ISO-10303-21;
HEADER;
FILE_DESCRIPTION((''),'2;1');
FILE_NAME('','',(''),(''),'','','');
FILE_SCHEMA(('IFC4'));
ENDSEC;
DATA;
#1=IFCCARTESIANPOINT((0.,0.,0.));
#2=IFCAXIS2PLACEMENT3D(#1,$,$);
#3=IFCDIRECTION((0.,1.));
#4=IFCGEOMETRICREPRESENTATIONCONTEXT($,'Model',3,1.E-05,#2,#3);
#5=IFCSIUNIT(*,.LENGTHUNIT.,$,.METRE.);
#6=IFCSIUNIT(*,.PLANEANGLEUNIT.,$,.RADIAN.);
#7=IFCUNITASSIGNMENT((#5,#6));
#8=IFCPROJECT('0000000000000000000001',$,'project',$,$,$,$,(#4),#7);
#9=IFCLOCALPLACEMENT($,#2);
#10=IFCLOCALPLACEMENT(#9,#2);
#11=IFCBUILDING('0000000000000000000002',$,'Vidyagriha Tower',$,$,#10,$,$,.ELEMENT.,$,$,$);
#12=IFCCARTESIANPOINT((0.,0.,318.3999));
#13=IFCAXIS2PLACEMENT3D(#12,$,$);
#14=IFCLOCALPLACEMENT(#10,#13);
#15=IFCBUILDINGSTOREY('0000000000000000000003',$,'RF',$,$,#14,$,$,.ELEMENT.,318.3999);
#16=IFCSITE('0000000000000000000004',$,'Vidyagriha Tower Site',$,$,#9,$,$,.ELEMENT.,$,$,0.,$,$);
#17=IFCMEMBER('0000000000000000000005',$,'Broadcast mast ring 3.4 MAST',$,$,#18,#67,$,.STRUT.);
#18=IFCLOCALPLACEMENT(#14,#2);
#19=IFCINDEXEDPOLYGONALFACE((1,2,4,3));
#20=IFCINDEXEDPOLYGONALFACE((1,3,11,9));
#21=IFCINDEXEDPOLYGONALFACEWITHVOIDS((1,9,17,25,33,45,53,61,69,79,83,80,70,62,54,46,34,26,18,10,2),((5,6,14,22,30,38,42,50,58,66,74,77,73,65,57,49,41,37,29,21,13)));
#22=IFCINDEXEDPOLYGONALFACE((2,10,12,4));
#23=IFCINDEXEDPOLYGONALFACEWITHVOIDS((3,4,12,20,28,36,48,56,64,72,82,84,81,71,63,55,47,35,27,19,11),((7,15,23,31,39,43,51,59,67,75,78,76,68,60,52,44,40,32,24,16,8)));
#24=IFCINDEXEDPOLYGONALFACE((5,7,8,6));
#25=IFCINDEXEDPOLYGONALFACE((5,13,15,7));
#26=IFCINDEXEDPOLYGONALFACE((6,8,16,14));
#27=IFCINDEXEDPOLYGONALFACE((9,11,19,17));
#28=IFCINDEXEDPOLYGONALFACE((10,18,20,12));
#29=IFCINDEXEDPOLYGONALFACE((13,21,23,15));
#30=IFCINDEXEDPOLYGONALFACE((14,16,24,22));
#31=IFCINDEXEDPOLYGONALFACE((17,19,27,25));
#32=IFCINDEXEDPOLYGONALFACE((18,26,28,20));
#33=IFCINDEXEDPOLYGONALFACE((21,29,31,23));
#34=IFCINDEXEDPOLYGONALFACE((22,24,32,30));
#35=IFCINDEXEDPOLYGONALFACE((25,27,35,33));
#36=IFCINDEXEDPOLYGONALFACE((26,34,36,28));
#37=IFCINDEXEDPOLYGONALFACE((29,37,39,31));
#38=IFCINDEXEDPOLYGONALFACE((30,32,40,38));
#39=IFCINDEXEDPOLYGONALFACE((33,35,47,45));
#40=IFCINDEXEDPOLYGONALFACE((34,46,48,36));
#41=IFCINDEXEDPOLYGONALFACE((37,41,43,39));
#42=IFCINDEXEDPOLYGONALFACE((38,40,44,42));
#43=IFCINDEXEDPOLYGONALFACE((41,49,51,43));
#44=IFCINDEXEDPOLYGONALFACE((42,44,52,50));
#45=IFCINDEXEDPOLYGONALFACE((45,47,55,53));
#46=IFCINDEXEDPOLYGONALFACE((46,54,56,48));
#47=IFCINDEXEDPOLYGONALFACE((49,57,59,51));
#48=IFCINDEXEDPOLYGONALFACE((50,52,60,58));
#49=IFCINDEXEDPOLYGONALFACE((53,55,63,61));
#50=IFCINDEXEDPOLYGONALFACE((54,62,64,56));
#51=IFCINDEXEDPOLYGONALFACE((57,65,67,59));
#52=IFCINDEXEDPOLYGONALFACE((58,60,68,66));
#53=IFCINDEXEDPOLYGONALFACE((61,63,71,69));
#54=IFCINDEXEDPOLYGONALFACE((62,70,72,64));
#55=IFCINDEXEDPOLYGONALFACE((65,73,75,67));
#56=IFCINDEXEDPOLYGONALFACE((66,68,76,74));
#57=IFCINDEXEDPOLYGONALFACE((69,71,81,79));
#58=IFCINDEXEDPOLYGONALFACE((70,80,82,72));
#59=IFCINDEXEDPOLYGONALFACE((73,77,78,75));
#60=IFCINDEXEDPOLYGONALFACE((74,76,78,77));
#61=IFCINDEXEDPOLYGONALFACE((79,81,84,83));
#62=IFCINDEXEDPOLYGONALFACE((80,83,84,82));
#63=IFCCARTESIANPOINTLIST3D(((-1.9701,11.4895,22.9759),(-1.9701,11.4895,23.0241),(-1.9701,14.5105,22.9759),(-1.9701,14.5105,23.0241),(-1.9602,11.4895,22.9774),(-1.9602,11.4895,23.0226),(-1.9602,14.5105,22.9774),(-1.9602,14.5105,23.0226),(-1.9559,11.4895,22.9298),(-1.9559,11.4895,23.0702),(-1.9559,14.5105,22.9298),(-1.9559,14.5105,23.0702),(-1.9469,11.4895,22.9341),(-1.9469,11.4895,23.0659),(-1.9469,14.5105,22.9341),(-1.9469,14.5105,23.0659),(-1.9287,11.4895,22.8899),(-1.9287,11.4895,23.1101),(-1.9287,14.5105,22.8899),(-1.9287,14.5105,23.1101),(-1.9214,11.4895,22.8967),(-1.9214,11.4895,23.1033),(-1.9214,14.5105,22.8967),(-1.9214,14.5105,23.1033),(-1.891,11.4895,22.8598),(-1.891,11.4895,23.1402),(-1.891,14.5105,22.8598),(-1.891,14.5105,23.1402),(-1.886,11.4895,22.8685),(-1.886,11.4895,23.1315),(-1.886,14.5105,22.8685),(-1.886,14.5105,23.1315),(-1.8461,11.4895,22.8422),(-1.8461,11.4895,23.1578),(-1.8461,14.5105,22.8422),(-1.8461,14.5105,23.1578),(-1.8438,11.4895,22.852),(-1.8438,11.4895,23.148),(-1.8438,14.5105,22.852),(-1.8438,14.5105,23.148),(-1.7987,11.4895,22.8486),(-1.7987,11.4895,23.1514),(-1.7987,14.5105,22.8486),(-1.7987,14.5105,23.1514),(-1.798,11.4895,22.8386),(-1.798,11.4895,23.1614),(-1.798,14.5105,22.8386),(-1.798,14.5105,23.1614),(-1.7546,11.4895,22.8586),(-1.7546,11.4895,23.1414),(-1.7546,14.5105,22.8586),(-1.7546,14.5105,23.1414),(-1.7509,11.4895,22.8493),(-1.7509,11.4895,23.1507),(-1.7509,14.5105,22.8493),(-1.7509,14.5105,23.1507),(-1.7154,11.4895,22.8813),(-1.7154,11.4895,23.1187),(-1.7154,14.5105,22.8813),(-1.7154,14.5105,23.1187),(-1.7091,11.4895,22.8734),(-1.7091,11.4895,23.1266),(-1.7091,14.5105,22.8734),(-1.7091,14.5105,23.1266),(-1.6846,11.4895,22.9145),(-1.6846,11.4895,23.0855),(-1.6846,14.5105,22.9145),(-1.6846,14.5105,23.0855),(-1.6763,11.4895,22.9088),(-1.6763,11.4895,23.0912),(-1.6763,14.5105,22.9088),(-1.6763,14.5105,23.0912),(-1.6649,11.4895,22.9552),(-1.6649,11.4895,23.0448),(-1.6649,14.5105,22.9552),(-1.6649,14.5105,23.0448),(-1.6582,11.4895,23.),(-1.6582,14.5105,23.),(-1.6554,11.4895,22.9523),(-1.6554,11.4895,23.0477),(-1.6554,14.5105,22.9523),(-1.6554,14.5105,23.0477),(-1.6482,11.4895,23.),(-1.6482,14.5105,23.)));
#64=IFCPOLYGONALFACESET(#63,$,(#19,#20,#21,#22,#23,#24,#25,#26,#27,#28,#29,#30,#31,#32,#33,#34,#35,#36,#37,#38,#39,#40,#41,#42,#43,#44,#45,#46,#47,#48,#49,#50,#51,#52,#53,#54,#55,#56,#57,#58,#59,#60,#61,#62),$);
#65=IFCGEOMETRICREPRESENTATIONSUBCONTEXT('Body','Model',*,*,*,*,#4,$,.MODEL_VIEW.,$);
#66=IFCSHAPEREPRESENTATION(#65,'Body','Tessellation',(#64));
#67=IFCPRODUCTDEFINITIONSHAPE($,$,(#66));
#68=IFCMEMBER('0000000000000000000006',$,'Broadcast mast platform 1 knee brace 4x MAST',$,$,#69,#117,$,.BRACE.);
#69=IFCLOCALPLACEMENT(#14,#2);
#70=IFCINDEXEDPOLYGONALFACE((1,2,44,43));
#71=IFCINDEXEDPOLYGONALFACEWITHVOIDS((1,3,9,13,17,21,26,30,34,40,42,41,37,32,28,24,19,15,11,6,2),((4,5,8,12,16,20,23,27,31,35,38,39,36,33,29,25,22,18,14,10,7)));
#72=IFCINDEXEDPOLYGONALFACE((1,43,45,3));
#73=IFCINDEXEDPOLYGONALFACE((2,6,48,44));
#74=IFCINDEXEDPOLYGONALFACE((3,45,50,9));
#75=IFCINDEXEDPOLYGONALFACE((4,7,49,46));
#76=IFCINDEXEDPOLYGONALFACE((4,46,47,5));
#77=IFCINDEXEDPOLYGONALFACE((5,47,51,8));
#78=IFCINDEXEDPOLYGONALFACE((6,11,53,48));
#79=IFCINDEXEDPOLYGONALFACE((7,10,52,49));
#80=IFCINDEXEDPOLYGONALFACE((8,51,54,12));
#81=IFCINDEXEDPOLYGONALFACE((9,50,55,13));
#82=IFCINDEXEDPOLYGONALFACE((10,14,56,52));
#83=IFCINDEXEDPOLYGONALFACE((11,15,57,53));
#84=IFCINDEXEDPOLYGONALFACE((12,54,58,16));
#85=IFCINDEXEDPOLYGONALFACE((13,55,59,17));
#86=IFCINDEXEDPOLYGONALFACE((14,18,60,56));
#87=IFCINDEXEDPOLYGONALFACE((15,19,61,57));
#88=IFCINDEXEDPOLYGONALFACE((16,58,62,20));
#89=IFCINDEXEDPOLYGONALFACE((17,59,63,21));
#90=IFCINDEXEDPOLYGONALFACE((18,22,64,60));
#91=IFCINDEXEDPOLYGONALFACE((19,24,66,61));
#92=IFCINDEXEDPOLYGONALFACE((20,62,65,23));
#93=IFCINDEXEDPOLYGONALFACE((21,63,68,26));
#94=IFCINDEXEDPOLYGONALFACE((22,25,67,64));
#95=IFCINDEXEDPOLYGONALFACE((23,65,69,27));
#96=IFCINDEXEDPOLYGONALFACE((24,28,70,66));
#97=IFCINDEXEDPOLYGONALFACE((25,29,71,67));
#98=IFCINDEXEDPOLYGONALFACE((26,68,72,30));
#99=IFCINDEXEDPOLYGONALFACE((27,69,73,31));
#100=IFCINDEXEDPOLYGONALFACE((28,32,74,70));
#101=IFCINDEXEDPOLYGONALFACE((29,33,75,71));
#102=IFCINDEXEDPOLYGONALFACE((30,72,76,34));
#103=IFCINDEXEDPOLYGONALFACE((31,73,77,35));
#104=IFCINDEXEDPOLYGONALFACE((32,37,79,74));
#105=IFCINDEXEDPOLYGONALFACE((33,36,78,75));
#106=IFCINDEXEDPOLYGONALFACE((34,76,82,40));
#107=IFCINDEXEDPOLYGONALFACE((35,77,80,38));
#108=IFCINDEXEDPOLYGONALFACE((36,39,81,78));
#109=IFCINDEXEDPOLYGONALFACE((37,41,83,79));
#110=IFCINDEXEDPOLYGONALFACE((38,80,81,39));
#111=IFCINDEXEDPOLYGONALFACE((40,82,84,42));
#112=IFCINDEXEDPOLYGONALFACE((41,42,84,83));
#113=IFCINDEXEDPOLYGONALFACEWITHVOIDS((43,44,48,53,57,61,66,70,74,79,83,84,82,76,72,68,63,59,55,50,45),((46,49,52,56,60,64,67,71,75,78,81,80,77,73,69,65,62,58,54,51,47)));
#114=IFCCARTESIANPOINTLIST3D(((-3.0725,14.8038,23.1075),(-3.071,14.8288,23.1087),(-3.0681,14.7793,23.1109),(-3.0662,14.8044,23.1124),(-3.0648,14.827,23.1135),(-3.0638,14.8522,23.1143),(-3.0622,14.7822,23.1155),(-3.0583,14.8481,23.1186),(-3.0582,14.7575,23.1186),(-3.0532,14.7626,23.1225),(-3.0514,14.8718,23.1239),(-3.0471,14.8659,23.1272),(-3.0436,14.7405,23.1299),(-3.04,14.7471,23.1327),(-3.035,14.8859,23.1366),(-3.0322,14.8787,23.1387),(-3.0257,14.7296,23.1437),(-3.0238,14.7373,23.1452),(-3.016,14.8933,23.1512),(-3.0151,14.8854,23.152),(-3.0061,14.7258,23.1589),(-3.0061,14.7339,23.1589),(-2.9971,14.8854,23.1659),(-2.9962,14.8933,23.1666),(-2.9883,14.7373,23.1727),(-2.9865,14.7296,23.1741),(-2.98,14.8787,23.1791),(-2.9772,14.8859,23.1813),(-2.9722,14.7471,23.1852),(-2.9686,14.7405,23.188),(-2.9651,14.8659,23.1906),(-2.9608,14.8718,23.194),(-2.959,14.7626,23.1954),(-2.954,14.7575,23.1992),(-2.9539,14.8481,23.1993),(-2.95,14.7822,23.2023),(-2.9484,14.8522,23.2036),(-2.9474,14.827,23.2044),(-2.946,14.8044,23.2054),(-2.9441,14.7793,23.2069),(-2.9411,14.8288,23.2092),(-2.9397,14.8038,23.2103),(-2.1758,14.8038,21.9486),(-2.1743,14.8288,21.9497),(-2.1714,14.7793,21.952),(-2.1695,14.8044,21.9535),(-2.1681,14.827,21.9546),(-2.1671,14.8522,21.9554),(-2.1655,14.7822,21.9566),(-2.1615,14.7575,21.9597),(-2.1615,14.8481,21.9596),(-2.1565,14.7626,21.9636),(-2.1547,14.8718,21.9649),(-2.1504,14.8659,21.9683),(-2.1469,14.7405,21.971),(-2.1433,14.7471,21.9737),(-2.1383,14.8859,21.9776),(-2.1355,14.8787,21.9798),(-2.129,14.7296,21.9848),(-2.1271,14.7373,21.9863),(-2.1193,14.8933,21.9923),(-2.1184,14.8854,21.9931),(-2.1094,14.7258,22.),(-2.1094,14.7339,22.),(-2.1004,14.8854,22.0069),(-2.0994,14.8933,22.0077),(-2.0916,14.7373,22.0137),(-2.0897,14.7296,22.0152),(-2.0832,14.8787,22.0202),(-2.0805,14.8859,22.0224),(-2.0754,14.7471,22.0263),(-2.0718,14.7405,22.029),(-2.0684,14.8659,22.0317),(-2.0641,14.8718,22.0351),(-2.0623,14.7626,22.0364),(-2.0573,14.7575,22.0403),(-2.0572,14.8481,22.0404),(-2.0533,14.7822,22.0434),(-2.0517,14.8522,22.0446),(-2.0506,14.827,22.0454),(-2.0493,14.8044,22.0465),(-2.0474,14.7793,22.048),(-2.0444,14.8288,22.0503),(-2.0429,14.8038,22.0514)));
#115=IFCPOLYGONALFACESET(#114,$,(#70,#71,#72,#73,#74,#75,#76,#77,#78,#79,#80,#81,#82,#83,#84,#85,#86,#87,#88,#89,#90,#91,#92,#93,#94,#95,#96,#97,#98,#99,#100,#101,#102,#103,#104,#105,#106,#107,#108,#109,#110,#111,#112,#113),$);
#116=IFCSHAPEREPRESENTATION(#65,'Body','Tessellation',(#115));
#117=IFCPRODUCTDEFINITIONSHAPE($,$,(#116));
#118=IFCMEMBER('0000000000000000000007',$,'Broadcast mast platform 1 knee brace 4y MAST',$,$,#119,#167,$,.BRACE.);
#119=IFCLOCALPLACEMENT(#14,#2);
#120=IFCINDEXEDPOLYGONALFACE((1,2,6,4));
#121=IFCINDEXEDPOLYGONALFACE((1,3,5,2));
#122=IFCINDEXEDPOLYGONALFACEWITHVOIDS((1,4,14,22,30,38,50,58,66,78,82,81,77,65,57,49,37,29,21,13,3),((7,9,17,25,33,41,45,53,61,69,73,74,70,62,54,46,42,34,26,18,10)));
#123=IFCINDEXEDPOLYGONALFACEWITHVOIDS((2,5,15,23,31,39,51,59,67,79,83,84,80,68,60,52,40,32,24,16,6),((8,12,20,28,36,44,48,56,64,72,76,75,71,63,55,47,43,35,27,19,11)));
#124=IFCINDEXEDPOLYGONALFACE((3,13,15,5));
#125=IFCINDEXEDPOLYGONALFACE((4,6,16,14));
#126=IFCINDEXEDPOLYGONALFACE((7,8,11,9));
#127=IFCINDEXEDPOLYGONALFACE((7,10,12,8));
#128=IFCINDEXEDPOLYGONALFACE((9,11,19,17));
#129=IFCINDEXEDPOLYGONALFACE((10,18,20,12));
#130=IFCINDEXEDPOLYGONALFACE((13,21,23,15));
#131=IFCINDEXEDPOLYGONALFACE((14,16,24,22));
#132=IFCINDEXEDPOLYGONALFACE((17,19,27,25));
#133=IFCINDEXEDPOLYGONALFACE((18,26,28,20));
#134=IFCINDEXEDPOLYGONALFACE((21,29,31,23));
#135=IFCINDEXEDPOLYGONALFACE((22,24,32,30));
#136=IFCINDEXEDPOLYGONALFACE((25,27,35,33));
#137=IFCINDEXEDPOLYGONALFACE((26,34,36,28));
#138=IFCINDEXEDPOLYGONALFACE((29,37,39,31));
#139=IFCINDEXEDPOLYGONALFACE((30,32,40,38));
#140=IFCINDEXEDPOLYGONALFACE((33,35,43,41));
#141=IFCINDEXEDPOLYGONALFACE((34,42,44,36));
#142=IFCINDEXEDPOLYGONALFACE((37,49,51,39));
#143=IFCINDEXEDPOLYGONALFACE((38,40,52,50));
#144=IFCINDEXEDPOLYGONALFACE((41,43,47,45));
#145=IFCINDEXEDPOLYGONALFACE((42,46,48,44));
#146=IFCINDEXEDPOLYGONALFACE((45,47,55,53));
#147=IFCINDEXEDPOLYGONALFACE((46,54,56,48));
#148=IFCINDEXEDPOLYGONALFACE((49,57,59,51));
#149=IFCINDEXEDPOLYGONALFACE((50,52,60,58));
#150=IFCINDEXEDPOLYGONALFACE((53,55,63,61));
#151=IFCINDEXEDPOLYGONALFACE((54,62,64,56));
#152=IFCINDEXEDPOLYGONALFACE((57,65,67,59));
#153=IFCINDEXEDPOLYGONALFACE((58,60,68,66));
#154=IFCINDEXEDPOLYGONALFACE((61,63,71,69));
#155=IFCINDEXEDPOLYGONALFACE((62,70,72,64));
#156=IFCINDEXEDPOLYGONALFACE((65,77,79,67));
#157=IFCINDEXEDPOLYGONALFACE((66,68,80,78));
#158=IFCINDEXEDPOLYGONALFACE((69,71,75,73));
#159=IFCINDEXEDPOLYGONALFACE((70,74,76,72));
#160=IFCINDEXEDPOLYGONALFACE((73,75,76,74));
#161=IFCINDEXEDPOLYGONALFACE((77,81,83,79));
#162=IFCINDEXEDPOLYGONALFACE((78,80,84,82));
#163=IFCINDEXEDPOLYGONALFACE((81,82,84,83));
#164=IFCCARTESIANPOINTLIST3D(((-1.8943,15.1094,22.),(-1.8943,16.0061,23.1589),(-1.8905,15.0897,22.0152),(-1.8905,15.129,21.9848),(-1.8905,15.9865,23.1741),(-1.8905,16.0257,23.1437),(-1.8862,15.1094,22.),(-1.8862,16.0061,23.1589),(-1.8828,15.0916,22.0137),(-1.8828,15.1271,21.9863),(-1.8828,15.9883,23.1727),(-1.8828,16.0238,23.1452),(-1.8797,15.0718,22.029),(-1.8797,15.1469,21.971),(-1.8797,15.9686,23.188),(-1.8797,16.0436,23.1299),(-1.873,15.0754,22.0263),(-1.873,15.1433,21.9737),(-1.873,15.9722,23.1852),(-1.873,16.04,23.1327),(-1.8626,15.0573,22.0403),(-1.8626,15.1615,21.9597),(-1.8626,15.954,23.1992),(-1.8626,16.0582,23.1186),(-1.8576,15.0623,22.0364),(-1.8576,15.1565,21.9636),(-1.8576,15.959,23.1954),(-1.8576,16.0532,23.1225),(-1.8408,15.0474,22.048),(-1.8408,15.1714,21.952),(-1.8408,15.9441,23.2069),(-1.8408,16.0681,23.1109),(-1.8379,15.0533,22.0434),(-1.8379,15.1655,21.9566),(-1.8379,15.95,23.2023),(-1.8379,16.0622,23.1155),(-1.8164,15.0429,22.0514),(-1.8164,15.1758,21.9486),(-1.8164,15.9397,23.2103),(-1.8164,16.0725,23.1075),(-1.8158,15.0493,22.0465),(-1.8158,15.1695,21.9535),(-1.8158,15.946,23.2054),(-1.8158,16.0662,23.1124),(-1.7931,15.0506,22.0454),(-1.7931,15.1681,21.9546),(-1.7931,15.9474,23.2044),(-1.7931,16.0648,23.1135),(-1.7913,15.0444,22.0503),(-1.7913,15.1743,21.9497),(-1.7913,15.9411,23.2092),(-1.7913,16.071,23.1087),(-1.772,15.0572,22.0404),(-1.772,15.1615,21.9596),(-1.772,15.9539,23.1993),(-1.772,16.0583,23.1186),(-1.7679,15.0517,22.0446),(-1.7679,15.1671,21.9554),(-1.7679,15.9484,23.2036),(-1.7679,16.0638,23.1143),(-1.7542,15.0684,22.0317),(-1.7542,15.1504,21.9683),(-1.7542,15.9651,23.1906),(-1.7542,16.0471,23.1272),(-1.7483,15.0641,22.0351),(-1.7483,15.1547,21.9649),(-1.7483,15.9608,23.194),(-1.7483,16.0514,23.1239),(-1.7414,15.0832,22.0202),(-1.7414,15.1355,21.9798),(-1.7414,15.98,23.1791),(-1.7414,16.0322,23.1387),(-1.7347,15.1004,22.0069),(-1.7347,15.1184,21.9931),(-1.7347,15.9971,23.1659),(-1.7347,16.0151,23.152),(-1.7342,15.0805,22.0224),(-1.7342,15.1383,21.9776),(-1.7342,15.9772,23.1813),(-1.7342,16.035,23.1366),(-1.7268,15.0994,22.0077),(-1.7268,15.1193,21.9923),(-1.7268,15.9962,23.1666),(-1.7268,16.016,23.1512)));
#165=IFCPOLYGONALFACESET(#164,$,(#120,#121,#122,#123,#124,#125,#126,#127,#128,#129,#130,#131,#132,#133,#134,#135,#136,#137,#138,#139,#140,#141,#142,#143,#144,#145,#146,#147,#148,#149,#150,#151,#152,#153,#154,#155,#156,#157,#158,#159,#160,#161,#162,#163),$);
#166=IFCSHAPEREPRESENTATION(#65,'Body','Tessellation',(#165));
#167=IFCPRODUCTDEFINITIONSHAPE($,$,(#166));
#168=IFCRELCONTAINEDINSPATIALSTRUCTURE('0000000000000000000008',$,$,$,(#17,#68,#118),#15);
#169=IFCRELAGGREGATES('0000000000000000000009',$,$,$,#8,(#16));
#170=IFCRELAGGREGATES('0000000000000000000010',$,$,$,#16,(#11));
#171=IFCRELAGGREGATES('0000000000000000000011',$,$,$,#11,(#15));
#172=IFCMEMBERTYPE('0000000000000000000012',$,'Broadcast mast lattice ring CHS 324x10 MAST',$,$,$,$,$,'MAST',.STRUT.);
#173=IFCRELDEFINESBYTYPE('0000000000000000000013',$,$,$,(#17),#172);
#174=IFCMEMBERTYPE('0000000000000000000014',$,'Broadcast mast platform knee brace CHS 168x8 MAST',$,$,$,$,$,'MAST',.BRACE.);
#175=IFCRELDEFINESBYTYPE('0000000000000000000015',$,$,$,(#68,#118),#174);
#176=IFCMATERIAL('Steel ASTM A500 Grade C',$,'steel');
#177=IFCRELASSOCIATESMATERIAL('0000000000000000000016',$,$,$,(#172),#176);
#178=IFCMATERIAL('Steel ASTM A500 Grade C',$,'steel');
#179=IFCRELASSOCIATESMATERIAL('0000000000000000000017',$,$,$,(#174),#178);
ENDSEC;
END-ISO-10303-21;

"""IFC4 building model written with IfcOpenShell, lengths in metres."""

from ifc_helpers import new_model, si_unit, direction, frame, origin, origin_2d, place, context, subcontext, project, spatial, hollow_circle, extrude, material, material_profile, profile_set, type_object, element, save


model = new_model("IFC4")

# Units and contexts
model_context = context("Model", 3, precision=1e-05, world=origin(), true_north=direction((0.0, 1.0)))
body_context = subcontext(model_context, "Body", "Model", "MODEL_VIEW")
ifc_project = project(units=[si_unit("LENGTHUNIT", "METRE"), si_unit("PLANEANGLEUNIT", "RADIAN")], contexts=[model_context])

# Site, building, storey
site_placement = place(None, origin())
site = spatial("IfcSite", under=ifc_project, at=site_placement, Name="Vidyagriha Tower Site", CompositionType="ELEMENT", RefElevation=0.0)
building_placement = place(site_placement, origin())
building = spatial("IfcBuilding", under=site, at=building_placement, Name="Vidyagriha Tower", CompositionType="ELEMENT")
storey_placement = place(building_placement, frame((0.0, 0.0, 318.3999)))
storey = spatial("IfcBuildingStorey", under=building, at=storey_placement, Name="RF", CompositionType="ELEMENT", Elevation=318.3999)

# Members
ifc_material_1 = material(Name="Steel ASTM A500 Grade C", Category="steel")
ifc_material_profile_1 = material_profile(ifc_material_1, hollow_circle(Radius=0.1619, WallThickness=0.01, at=origin_2d()), Name="Broadcast mast lattice ring CHS 324x10 MAST")
ifc_profile_set_1 = profile_set([ifc_material_profile_1], Name="Steel ASTM A500 Grade C")
member_type_1 = type_object("IfcMemberType", Name="Broadcast mast lattice ring CHS 324x10 MAST", ElementType="MAST", PredefinedType="STRUT", material=ifc_profile_set_1)
member_1_placement = place(storey_placement, frame((-1.8101, 14.5105, 23.0), z_axis=(0.0, -1.0, 0.0), x_axis=(1.0, 0.0, 0.0)))
element("IfcMember", 1, at=member_1_placement, inside=storey, type_object=member_type_1, Name="Broadcast mast ring 3.4 MAST", PredefinedType="STRUT", context=body_context, shape_type="SweptSolid", body=[
    extrude(hollow_circle(Radius=0.1619, WallThickness=0.01, at=origin_2d()), origin(), (0.0, 0.0, 1.0), 3.021),
])
ifc_material_2 = material(Name="Steel ASTM A500 Grade C", Category="steel")
ifc_material_profile_2 = material_profile(ifc_material_2, hollow_circle(Radius=0.0842, WallThickness=0.0081, at=origin_2d()), Name="Broadcast mast platform knee brace CHS 168x8 MAST")
ifc_profile_set_2 = profile_set([ifc_material_profile_2], Name="Steel ASTM A500 Grade C")
member_type_2 = type_object("IfcMemberType", Name="Broadcast mast platform knee brace CHS 168x8 MAST", ElementType="MAST", PredefinedType="BRACE", material=ifc_profile_set_2)
for number, where, z_axis, x_axis, name in (
    (2, (-2.1094, 14.8101, 22.0), (-0.611955, 0.0, 0.790893), (0.0, -1.0, 0.0), "Broadcast mast platform 1 knee brace 4x MAST"),
    (3, (-1.8101, 15.1094, 22.0), (0.0, 0.611955, 0.790893), (-1.0, 0.0, 0.0), "Broadcast mast platform 1 knee brace 4y MAST"),
):
    element("IfcMember", number, at=place(storey_placement, frame(where, z_axis=z_axis, x_axis=x_axis)), inside=storey, type_object=member_type_2, Name=name, PredefinedType="BRACE", context=body_context, shape_type="SweptSolid", body=[
        extrude(hollow_circle(Radius=0.0842, WallThickness=0.0081, at=origin_2d()), origin(), (0.0, 0.0, 1.0), 1.4653),
    ])

save(model, "model.ifc")
